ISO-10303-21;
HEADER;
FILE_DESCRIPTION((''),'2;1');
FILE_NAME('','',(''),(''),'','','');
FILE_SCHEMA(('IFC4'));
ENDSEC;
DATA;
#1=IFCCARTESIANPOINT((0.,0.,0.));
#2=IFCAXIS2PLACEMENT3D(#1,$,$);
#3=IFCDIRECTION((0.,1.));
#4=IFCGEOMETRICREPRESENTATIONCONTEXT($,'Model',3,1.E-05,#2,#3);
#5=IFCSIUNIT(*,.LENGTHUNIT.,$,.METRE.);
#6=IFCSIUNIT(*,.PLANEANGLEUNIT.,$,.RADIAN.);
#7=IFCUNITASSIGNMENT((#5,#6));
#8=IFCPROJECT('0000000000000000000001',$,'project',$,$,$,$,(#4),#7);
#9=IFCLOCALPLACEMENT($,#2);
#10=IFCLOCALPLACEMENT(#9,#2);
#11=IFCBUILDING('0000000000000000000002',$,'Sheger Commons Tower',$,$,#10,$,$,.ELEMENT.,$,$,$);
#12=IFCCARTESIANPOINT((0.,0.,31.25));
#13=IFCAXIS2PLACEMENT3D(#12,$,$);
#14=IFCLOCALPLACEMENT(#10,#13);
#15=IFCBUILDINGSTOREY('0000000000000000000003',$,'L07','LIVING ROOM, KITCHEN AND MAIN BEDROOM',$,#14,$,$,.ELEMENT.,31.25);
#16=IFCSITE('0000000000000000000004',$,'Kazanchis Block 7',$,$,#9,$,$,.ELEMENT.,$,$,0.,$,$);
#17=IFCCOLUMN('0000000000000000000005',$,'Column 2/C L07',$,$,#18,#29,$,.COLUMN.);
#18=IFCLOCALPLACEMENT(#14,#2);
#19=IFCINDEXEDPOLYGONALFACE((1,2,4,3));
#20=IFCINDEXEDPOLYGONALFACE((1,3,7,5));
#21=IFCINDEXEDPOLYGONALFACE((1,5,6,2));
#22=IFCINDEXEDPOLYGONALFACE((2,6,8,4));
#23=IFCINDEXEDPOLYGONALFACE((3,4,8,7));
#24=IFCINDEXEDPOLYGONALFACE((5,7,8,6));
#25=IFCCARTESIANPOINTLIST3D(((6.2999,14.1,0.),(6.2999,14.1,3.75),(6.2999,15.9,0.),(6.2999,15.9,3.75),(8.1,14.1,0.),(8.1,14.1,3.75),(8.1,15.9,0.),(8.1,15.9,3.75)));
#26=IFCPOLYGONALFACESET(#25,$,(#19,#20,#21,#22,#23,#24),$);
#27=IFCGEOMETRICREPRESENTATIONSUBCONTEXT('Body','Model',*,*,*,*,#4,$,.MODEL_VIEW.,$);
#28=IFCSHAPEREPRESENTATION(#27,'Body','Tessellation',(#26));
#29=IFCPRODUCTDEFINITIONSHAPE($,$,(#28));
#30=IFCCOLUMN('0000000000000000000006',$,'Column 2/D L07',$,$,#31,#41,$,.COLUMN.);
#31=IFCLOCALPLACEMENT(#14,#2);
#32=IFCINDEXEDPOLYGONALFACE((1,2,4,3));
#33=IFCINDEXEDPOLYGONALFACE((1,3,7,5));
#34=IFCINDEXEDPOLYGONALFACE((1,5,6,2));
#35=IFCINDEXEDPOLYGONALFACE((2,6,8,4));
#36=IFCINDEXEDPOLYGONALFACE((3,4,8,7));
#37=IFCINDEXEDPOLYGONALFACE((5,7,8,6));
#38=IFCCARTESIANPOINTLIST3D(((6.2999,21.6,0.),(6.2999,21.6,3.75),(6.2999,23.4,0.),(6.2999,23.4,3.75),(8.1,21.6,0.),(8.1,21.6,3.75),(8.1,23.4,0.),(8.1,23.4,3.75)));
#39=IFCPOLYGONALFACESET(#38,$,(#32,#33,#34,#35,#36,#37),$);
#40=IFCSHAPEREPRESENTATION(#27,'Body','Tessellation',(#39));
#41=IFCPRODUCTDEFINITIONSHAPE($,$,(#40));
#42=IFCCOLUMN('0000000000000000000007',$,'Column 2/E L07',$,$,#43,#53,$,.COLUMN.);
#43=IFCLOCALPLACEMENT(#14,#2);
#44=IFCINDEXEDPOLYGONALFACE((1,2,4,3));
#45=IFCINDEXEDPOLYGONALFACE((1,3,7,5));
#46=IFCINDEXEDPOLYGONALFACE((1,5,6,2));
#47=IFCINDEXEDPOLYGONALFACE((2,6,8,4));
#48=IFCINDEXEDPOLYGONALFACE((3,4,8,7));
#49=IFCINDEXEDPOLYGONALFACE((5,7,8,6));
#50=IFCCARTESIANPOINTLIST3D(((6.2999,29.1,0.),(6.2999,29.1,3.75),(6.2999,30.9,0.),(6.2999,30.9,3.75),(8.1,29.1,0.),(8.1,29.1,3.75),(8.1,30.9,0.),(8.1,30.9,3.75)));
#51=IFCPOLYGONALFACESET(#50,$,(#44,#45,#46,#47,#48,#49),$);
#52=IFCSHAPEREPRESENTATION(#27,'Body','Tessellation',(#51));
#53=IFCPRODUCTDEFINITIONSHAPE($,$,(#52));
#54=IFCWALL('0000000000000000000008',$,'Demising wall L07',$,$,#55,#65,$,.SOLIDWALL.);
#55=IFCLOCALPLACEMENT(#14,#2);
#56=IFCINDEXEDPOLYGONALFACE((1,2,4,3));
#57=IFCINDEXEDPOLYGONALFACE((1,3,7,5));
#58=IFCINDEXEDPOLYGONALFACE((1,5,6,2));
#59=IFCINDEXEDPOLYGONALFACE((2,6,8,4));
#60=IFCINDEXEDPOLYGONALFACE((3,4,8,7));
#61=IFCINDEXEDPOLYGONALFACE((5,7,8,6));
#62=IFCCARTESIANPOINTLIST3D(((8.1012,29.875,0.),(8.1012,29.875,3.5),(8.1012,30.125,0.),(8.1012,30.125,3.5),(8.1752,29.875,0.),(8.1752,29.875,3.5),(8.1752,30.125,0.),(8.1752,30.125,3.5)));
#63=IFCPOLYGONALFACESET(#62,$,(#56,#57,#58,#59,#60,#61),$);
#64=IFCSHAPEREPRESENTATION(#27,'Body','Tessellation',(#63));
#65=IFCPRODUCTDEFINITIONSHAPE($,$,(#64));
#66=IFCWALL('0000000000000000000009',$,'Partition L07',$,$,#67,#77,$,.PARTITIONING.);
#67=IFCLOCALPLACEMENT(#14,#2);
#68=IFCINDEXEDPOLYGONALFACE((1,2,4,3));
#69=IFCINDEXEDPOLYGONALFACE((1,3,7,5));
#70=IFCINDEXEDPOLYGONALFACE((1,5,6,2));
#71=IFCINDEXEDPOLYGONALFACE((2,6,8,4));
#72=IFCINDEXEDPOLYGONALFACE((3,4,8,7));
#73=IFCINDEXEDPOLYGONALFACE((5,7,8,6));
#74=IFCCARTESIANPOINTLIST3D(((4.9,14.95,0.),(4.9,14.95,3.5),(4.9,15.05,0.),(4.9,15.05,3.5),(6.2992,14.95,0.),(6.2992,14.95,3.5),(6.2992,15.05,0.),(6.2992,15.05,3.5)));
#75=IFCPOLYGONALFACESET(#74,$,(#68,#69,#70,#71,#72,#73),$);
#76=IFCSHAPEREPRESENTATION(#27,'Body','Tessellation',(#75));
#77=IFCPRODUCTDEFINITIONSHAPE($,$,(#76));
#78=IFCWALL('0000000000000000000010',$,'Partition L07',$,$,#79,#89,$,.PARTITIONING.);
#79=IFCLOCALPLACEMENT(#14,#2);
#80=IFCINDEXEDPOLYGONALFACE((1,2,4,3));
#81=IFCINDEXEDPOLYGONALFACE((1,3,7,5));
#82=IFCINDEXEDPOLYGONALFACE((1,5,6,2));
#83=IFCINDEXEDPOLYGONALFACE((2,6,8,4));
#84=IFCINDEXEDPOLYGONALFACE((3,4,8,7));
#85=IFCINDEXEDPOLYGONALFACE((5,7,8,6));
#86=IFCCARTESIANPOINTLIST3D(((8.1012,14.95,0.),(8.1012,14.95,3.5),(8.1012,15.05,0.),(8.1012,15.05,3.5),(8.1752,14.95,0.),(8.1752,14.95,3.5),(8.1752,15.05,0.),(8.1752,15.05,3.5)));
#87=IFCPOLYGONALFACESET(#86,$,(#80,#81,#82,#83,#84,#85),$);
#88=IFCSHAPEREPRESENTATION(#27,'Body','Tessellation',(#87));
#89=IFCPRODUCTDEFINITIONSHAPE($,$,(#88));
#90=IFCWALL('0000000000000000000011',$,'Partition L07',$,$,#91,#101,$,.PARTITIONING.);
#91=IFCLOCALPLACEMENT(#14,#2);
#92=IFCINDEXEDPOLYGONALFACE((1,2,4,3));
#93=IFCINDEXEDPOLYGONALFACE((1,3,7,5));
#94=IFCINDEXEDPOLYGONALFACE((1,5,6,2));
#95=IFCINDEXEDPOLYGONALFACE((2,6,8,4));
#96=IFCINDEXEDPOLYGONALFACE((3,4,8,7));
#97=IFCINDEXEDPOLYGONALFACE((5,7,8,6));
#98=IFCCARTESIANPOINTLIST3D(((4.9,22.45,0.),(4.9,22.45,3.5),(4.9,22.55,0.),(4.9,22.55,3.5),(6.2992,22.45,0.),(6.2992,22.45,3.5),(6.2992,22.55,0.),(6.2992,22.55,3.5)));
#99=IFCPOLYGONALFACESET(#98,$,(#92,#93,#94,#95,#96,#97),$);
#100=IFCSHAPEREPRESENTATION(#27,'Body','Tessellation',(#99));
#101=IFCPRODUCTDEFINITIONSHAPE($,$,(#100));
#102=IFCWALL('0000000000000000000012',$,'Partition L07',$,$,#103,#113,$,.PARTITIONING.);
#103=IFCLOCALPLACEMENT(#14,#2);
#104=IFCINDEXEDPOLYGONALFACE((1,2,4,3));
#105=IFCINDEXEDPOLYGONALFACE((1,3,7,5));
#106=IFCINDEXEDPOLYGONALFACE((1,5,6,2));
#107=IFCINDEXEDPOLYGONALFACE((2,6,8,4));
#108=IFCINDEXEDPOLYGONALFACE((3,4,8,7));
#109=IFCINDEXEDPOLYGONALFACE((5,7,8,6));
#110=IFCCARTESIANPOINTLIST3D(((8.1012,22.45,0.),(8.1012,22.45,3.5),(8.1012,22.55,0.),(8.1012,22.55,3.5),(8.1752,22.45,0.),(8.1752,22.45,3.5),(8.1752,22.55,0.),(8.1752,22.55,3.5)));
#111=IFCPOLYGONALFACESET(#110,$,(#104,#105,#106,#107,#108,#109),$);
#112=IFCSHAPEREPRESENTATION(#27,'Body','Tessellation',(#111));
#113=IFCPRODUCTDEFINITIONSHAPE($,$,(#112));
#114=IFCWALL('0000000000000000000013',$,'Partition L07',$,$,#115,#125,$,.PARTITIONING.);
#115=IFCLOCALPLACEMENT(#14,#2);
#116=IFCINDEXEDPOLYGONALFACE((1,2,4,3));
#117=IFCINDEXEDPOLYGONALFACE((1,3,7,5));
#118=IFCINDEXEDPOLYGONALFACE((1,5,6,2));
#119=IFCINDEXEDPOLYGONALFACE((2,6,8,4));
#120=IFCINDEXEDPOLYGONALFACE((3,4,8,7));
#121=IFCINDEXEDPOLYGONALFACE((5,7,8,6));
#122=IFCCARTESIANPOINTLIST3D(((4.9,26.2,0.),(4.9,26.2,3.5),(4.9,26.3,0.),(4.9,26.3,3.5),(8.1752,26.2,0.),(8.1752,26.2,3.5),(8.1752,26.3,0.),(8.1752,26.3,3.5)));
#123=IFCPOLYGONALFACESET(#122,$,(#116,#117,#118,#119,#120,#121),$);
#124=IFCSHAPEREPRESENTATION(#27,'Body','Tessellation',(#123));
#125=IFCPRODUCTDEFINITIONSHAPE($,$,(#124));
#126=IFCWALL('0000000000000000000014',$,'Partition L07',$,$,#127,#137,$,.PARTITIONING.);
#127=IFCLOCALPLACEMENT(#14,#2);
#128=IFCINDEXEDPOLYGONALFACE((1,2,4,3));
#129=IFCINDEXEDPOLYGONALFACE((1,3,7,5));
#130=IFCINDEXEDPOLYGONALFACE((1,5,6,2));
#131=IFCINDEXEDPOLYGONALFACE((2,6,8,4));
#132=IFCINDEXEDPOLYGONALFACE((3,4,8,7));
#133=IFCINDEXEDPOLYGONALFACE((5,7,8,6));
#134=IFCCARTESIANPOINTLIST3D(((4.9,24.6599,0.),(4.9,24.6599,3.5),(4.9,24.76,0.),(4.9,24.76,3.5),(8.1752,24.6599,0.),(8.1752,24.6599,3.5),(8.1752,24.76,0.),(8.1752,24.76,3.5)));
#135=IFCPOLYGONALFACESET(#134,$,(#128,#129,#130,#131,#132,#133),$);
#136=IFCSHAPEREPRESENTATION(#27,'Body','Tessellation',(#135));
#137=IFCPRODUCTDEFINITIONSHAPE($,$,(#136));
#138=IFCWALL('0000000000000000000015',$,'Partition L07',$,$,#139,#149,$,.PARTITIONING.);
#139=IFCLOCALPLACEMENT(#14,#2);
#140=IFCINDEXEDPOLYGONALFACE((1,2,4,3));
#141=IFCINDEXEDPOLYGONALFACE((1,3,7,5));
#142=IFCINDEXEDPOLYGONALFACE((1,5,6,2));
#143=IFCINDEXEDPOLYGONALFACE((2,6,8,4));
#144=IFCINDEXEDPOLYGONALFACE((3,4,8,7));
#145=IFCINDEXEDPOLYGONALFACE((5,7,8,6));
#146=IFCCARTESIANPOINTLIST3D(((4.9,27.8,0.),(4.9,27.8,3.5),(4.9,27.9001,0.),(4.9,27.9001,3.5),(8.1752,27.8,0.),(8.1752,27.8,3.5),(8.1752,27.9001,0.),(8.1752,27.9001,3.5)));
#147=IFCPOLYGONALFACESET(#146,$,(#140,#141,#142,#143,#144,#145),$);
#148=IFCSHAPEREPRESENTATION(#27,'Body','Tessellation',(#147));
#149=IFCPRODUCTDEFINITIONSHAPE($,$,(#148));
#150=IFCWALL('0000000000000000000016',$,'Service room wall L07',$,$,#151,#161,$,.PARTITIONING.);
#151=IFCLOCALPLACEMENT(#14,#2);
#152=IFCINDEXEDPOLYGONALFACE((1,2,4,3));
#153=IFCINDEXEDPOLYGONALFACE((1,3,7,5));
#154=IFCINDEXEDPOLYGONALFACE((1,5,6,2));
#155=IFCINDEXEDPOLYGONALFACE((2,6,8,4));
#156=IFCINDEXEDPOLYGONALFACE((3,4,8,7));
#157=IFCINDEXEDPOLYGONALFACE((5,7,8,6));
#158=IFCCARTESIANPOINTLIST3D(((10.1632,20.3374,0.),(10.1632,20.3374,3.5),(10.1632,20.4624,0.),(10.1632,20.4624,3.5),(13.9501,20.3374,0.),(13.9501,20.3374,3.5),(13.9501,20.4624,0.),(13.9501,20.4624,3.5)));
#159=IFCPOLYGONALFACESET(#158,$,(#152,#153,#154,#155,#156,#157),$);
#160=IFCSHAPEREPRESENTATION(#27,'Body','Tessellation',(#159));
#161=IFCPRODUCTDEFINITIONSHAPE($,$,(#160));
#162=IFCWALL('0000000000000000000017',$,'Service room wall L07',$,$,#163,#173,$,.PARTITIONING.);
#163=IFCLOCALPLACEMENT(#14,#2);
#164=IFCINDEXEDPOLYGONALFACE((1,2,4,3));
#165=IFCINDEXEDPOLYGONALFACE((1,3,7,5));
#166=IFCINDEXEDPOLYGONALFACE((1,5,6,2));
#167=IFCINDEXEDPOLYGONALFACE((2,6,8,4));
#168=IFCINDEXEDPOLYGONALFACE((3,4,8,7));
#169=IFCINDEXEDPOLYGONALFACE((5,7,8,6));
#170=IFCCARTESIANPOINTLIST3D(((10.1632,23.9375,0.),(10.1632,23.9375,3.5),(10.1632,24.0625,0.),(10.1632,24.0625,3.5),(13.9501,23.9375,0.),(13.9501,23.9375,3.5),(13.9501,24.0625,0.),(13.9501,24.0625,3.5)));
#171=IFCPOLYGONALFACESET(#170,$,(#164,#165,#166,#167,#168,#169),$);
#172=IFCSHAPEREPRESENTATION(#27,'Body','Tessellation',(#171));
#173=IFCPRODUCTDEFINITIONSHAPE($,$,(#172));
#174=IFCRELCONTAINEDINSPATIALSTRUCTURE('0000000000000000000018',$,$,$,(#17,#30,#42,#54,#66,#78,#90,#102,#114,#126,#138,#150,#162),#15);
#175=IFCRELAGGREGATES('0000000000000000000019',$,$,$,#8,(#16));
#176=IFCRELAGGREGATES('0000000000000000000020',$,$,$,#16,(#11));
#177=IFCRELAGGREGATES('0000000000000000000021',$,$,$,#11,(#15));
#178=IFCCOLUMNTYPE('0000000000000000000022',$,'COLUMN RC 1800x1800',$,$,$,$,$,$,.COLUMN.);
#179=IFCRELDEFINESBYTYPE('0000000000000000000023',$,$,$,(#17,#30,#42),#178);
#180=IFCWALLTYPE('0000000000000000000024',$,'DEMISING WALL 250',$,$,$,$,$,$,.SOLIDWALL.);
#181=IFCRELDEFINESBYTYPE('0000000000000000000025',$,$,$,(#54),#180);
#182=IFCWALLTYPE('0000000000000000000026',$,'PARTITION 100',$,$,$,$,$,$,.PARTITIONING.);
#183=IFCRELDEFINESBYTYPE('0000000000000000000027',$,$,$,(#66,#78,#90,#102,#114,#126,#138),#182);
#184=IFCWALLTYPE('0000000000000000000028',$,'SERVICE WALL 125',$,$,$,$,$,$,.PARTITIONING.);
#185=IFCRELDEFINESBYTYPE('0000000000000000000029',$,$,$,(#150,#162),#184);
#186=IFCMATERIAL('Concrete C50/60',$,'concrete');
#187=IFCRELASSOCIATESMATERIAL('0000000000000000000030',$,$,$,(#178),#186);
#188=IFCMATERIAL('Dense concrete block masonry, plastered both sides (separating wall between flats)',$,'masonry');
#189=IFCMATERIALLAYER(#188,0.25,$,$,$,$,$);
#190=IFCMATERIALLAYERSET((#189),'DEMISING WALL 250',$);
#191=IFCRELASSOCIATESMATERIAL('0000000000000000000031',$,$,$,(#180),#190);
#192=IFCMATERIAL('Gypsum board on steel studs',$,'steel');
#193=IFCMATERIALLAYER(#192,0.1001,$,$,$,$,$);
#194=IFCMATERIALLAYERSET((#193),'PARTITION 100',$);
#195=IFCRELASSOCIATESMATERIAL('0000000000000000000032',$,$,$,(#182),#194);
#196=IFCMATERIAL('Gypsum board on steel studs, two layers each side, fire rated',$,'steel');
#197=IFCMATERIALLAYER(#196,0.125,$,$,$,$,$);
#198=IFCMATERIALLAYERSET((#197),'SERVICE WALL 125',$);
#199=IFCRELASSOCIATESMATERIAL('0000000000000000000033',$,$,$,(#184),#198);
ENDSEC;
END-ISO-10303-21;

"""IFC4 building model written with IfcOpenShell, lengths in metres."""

from ifc_helpers import new_model, si_unit, direction, frame, frame_2d, origin, origin_2d, place, context, subcontext, project, spatial, rectangle, extrude, material, layer, layer_set, material_profile, profile_set, type_object, element, save


model = new_model("IFC4")

# Units and contexts
model_context = context("Model", 3, precision=1e-05, world=origin(), true_north=direction((0.0, 1.0)))
body_context = subcontext(model_context, "Body", "Model", "MODEL_VIEW")
ifc_project = project(units=[si_unit("LENGTHUNIT", "METRE"), si_unit("PLANEANGLEUNIT", "RADIAN")], contexts=[model_context])

# Site, building, storey
site_placement = place(None, origin())
site = spatial("IfcSite", under=ifc_project, at=site_placement, Name="Kazanchis Block 7", CompositionType="ELEMENT", RefElevation=0.0)
building_placement = place(site_placement, origin())
building = spatial("IfcBuilding", under=site, at=building_placement, Name="Sheger Commons Tower", CompositionType="ELEMENT")
storey_placement = place(building_placement, frame((0.0, 0.0, 31.25)))
storey = spatial("IfcBuildingStorey", under=building, at=storey_placement, Name="L07", Description="LIVING ROOM, KITCHEN AND MAIN BEDROOM", CompositionType="ELEMENT", Elevation=31.25)

# Columns
ifc_material_1 = material(Name="Concrete C50/60", Category="concrete")
ifc_material_profile = material_profile(ifc_material_1, rectangle(XDim=1.8, YDim=1.8, at=origin_2d()), Name="RC 1800x1800")
ifc_profile_set = profile_set([ifc_material_profile], Name="Concrete C50/60")
column_type = type_object("IfcColumnType", Name="COLUMN RC 1800x1800", PredefinedType="COLUMN", material=ifc_profile_set)
for number, where, z_axis, x_axis, name in (
    (1, (7.2, 15.0, 0.0), (0.0, 0.0, 1.0), (1.0, 0.0, 0.0), "Column 2/C L07"),
    (2, (7.2, 22.5, 0.0), (0.0, 0.0, 1.0), (1.0, 0.0, 0.0), "Column 2/D L07"),
    (3, (7.2, 30.0, 0.0), (0.0, 0.0, 1.0), (1.0, 0.0, 0.0), "Column 2/E L07"),
):
    element("IfcColumn", number, at=place(storey_placement, frame(where, z_axis=z_axis, x_axis=x_axis)), inside=storey, type_object=column_type, Name=name, PredefinedType="COLUMN", context=body_context, shape_type="SweptSolid", body=[
        extrude(rectangle(XDim=1.8, YDim=1.8, at=origin_2d()), origin(), (0.0, 0.0, 1.0), 3.75),
    ])

# Walls
ifc_material_2 = material(Name="Dense concrete block masonry, plastered both sides (separating wall between flats)", Category="masonry")
ifc_layer_1 = layer(ifc_material_2, 0.25)
ifc_layer_set_1 = layer_set([ifc_layer_1], Name="DEMISING WALL 250")
wall_type_1 = type_object("IfcWallType", Name="DEMISING WALL 250", PredefinedType="SOLIDWALL", material=ifc_layer_set_1)
wall_1_placement = place(storey_placement, frame((8.1011, 30.0, 0.0), z_axis=(0.0, 0.0, 1.0), x_axis=(1.0, 0.0, 0.0)))
element("IfcWall", 4, at=wall_1_placement, inside=storey, type_object=wall_type_1, Name="Demising wall L07", PredefinedType="SOLIDWALL", context=body_context, shape_type="SweptSolid", body=[
    extrude(rectangle(XDim=0.074, YDim=0.25, at=frame_2d((0.0371, 0.0))), origin(), (0.0, 0.0, 1.0), 3.5),
])
ifc_material_3 = material(Name="Gypsum board on steel studs", Category="steel")
ifc_layer_2 = layer(ifc_material_3, 0.1001)
ifc_layer_set_2 = layer_set([ifc_layer_2], Name="PARTITION 100")
wall_type_2 = type_object("IfcWallType", Name="PARTITION 100", PredefinedType="PARTITIONING", material=ifc_layer_set_2)
wall_2_placement = place(storey_placement, frame((4.8999, 15.0, 0.0), z_axis=(0.0, 0.0, 1.0), x_axis=(1.0, 0.0, 0.0)))
element("IfcWall", 5, at=wall_2_placement, inside=storey, type_object=wall_type_2, Name="Partition L07", PredefinedType="PARTITIONING", context=body_context, shape_type="SweptSolid", body=[
    extrude(rectangle(XDim=1.3992, YDim=0.1001, at=frame_2d((0.6997, 0.0))), origin(), (0.0, 0.0, 1.0), 3.5),
])
wall_3_placement = place(storey_placement, frame((8.1011, 15.0, 0.0), z_axis=(0.0, 0.0, 1.0), x_axis=(1.0, 0.0, 0.0)))
element("IfcWall", 6, at=wall_3_placement, inside=storey, type_object=wall_type_2, Name="Partition L07", PredefinedType="PARTITIONING", context=body_context, shape_type="SweptSolid", body=[
    extrude(rectangle(XDim=0.074, YDim=0.1001, at=frame_2d((0.0371, 0.0))), origin(), (0.0, 0.0, 1.0), 3.5),
])
wall_4_placement = place(storey_placement, frame((4.8999, 22.5, 0.0), z_axis=(0.0, 0.0, 1.0), x_axis=(1.0, 0.0, 0.0)))
element("IfcWall", 7, at=wall_4_placement, inside=storey, type_object=wall_type_2, Name="Partition L07", PredefinedType="PARTITIONING", context=body_context, shape_type="SweptSolid", body=[
    extrude(rectangle(XDim=1.3992, YDim=0.1001, at=frame_2d((0.6997, 0.0))), origin(), (0.0, 0.0, 1.0), 3.5),
])
wall_5_placement = place(storey_placement, frame((8.1011, 22.5, 0.0), z_axis=(0.0, 0.0, 1.0), x_axis=(1.0, 0.0, 0.0)))
element("IfcWall", 8, at=wall_5_placement, inside=storey, type_object=wall_type_2, Name="Partition L07", PredefinedType="PARTITIONING", context=body_context, shape_type="SweptSolid", body=[
    extrude(rectangle(XDim=0.074, YDim=0.1001, at=frame_2d((0.0371, 0.0))), origin(), (0.0, 0.0, 1.0), 3.5),
])
for number, where, z_axis, x_axis, name in (
    (9, (4.8999, 26.25, 0.0), (0.0, 0.0, 1.0), (1.0, 0.0, 0.0), "Partition L07"),
    (10, (4.8999, 24.71, 0.0), (0.0, 0.0, 1.0), (1.0, 0.0, 0.0), "Partition L07"),
    (11, (4.8999, 27.8501, 0.0), (0.0, 0.0, 1.0), (1.0, 0.0, 0.0), "Partition L07"),
):
    element("IfcWall", number, at=place(storey_placement, frame(where, z_axis=z_axis, x_axis=x_axis)), inside=storey, type_object=wall_type_2, Name=name, PredefinedType="PARTITIONING", context=body_context, shape_type="SweptSolid", body=[
        extrude(rectangle(XDim=3.2751, YDim=0.1001, at=frame_2d((1.6377, 0.0))), origin(), (0.0, 0.0, 1.0), 3.5),
    ])
ifc_material_4 = material(Name="Gypsum board on steel studs, two layers each side, fire rated", Category="steel")
ifc_layer_3 = layer(ifc_material_4, 0.125)
ifc_layer_set_3 = layer_set([ifc_layer_3], Name="SERVICE WALL 125")
wall_type_3 = type_object("IfcWallType", Name="SERVICE WALL 125", PredefinedType="PARTITIONING", material=ifc_layer_set_3)
for number, where, z_axis, x_axis, name in (
    (12, (10.1631, 20.3999, 0.0), (0.0, 0.0, 1.0), (1.0, 0.0, 0.0), "Service room wall L07"),
    (13, (10.1631, 24.0, 0.0), (0.0, 0.0, 1.0), (1.0, 0.0, 0.0), "Service room wall L07"),
):
    element("IfcWall", number, at=place(storey_placement, frame(where, z_axis=z_axis, x_axis=x_axis)), inside=storey, type_object=wall_type_3, Name=name, PredefinedType="PARTITIONING", context=body_context, shape_type="SweptSolid", body=[
        extrude(rectangle(XDim=3.7869, YDim=0.125, at=frame_2d((1.8936, 0.0))), origin(), (0.0, 0.0, 1.0), 3.5),
    ])

save(model, "model.ifc")
